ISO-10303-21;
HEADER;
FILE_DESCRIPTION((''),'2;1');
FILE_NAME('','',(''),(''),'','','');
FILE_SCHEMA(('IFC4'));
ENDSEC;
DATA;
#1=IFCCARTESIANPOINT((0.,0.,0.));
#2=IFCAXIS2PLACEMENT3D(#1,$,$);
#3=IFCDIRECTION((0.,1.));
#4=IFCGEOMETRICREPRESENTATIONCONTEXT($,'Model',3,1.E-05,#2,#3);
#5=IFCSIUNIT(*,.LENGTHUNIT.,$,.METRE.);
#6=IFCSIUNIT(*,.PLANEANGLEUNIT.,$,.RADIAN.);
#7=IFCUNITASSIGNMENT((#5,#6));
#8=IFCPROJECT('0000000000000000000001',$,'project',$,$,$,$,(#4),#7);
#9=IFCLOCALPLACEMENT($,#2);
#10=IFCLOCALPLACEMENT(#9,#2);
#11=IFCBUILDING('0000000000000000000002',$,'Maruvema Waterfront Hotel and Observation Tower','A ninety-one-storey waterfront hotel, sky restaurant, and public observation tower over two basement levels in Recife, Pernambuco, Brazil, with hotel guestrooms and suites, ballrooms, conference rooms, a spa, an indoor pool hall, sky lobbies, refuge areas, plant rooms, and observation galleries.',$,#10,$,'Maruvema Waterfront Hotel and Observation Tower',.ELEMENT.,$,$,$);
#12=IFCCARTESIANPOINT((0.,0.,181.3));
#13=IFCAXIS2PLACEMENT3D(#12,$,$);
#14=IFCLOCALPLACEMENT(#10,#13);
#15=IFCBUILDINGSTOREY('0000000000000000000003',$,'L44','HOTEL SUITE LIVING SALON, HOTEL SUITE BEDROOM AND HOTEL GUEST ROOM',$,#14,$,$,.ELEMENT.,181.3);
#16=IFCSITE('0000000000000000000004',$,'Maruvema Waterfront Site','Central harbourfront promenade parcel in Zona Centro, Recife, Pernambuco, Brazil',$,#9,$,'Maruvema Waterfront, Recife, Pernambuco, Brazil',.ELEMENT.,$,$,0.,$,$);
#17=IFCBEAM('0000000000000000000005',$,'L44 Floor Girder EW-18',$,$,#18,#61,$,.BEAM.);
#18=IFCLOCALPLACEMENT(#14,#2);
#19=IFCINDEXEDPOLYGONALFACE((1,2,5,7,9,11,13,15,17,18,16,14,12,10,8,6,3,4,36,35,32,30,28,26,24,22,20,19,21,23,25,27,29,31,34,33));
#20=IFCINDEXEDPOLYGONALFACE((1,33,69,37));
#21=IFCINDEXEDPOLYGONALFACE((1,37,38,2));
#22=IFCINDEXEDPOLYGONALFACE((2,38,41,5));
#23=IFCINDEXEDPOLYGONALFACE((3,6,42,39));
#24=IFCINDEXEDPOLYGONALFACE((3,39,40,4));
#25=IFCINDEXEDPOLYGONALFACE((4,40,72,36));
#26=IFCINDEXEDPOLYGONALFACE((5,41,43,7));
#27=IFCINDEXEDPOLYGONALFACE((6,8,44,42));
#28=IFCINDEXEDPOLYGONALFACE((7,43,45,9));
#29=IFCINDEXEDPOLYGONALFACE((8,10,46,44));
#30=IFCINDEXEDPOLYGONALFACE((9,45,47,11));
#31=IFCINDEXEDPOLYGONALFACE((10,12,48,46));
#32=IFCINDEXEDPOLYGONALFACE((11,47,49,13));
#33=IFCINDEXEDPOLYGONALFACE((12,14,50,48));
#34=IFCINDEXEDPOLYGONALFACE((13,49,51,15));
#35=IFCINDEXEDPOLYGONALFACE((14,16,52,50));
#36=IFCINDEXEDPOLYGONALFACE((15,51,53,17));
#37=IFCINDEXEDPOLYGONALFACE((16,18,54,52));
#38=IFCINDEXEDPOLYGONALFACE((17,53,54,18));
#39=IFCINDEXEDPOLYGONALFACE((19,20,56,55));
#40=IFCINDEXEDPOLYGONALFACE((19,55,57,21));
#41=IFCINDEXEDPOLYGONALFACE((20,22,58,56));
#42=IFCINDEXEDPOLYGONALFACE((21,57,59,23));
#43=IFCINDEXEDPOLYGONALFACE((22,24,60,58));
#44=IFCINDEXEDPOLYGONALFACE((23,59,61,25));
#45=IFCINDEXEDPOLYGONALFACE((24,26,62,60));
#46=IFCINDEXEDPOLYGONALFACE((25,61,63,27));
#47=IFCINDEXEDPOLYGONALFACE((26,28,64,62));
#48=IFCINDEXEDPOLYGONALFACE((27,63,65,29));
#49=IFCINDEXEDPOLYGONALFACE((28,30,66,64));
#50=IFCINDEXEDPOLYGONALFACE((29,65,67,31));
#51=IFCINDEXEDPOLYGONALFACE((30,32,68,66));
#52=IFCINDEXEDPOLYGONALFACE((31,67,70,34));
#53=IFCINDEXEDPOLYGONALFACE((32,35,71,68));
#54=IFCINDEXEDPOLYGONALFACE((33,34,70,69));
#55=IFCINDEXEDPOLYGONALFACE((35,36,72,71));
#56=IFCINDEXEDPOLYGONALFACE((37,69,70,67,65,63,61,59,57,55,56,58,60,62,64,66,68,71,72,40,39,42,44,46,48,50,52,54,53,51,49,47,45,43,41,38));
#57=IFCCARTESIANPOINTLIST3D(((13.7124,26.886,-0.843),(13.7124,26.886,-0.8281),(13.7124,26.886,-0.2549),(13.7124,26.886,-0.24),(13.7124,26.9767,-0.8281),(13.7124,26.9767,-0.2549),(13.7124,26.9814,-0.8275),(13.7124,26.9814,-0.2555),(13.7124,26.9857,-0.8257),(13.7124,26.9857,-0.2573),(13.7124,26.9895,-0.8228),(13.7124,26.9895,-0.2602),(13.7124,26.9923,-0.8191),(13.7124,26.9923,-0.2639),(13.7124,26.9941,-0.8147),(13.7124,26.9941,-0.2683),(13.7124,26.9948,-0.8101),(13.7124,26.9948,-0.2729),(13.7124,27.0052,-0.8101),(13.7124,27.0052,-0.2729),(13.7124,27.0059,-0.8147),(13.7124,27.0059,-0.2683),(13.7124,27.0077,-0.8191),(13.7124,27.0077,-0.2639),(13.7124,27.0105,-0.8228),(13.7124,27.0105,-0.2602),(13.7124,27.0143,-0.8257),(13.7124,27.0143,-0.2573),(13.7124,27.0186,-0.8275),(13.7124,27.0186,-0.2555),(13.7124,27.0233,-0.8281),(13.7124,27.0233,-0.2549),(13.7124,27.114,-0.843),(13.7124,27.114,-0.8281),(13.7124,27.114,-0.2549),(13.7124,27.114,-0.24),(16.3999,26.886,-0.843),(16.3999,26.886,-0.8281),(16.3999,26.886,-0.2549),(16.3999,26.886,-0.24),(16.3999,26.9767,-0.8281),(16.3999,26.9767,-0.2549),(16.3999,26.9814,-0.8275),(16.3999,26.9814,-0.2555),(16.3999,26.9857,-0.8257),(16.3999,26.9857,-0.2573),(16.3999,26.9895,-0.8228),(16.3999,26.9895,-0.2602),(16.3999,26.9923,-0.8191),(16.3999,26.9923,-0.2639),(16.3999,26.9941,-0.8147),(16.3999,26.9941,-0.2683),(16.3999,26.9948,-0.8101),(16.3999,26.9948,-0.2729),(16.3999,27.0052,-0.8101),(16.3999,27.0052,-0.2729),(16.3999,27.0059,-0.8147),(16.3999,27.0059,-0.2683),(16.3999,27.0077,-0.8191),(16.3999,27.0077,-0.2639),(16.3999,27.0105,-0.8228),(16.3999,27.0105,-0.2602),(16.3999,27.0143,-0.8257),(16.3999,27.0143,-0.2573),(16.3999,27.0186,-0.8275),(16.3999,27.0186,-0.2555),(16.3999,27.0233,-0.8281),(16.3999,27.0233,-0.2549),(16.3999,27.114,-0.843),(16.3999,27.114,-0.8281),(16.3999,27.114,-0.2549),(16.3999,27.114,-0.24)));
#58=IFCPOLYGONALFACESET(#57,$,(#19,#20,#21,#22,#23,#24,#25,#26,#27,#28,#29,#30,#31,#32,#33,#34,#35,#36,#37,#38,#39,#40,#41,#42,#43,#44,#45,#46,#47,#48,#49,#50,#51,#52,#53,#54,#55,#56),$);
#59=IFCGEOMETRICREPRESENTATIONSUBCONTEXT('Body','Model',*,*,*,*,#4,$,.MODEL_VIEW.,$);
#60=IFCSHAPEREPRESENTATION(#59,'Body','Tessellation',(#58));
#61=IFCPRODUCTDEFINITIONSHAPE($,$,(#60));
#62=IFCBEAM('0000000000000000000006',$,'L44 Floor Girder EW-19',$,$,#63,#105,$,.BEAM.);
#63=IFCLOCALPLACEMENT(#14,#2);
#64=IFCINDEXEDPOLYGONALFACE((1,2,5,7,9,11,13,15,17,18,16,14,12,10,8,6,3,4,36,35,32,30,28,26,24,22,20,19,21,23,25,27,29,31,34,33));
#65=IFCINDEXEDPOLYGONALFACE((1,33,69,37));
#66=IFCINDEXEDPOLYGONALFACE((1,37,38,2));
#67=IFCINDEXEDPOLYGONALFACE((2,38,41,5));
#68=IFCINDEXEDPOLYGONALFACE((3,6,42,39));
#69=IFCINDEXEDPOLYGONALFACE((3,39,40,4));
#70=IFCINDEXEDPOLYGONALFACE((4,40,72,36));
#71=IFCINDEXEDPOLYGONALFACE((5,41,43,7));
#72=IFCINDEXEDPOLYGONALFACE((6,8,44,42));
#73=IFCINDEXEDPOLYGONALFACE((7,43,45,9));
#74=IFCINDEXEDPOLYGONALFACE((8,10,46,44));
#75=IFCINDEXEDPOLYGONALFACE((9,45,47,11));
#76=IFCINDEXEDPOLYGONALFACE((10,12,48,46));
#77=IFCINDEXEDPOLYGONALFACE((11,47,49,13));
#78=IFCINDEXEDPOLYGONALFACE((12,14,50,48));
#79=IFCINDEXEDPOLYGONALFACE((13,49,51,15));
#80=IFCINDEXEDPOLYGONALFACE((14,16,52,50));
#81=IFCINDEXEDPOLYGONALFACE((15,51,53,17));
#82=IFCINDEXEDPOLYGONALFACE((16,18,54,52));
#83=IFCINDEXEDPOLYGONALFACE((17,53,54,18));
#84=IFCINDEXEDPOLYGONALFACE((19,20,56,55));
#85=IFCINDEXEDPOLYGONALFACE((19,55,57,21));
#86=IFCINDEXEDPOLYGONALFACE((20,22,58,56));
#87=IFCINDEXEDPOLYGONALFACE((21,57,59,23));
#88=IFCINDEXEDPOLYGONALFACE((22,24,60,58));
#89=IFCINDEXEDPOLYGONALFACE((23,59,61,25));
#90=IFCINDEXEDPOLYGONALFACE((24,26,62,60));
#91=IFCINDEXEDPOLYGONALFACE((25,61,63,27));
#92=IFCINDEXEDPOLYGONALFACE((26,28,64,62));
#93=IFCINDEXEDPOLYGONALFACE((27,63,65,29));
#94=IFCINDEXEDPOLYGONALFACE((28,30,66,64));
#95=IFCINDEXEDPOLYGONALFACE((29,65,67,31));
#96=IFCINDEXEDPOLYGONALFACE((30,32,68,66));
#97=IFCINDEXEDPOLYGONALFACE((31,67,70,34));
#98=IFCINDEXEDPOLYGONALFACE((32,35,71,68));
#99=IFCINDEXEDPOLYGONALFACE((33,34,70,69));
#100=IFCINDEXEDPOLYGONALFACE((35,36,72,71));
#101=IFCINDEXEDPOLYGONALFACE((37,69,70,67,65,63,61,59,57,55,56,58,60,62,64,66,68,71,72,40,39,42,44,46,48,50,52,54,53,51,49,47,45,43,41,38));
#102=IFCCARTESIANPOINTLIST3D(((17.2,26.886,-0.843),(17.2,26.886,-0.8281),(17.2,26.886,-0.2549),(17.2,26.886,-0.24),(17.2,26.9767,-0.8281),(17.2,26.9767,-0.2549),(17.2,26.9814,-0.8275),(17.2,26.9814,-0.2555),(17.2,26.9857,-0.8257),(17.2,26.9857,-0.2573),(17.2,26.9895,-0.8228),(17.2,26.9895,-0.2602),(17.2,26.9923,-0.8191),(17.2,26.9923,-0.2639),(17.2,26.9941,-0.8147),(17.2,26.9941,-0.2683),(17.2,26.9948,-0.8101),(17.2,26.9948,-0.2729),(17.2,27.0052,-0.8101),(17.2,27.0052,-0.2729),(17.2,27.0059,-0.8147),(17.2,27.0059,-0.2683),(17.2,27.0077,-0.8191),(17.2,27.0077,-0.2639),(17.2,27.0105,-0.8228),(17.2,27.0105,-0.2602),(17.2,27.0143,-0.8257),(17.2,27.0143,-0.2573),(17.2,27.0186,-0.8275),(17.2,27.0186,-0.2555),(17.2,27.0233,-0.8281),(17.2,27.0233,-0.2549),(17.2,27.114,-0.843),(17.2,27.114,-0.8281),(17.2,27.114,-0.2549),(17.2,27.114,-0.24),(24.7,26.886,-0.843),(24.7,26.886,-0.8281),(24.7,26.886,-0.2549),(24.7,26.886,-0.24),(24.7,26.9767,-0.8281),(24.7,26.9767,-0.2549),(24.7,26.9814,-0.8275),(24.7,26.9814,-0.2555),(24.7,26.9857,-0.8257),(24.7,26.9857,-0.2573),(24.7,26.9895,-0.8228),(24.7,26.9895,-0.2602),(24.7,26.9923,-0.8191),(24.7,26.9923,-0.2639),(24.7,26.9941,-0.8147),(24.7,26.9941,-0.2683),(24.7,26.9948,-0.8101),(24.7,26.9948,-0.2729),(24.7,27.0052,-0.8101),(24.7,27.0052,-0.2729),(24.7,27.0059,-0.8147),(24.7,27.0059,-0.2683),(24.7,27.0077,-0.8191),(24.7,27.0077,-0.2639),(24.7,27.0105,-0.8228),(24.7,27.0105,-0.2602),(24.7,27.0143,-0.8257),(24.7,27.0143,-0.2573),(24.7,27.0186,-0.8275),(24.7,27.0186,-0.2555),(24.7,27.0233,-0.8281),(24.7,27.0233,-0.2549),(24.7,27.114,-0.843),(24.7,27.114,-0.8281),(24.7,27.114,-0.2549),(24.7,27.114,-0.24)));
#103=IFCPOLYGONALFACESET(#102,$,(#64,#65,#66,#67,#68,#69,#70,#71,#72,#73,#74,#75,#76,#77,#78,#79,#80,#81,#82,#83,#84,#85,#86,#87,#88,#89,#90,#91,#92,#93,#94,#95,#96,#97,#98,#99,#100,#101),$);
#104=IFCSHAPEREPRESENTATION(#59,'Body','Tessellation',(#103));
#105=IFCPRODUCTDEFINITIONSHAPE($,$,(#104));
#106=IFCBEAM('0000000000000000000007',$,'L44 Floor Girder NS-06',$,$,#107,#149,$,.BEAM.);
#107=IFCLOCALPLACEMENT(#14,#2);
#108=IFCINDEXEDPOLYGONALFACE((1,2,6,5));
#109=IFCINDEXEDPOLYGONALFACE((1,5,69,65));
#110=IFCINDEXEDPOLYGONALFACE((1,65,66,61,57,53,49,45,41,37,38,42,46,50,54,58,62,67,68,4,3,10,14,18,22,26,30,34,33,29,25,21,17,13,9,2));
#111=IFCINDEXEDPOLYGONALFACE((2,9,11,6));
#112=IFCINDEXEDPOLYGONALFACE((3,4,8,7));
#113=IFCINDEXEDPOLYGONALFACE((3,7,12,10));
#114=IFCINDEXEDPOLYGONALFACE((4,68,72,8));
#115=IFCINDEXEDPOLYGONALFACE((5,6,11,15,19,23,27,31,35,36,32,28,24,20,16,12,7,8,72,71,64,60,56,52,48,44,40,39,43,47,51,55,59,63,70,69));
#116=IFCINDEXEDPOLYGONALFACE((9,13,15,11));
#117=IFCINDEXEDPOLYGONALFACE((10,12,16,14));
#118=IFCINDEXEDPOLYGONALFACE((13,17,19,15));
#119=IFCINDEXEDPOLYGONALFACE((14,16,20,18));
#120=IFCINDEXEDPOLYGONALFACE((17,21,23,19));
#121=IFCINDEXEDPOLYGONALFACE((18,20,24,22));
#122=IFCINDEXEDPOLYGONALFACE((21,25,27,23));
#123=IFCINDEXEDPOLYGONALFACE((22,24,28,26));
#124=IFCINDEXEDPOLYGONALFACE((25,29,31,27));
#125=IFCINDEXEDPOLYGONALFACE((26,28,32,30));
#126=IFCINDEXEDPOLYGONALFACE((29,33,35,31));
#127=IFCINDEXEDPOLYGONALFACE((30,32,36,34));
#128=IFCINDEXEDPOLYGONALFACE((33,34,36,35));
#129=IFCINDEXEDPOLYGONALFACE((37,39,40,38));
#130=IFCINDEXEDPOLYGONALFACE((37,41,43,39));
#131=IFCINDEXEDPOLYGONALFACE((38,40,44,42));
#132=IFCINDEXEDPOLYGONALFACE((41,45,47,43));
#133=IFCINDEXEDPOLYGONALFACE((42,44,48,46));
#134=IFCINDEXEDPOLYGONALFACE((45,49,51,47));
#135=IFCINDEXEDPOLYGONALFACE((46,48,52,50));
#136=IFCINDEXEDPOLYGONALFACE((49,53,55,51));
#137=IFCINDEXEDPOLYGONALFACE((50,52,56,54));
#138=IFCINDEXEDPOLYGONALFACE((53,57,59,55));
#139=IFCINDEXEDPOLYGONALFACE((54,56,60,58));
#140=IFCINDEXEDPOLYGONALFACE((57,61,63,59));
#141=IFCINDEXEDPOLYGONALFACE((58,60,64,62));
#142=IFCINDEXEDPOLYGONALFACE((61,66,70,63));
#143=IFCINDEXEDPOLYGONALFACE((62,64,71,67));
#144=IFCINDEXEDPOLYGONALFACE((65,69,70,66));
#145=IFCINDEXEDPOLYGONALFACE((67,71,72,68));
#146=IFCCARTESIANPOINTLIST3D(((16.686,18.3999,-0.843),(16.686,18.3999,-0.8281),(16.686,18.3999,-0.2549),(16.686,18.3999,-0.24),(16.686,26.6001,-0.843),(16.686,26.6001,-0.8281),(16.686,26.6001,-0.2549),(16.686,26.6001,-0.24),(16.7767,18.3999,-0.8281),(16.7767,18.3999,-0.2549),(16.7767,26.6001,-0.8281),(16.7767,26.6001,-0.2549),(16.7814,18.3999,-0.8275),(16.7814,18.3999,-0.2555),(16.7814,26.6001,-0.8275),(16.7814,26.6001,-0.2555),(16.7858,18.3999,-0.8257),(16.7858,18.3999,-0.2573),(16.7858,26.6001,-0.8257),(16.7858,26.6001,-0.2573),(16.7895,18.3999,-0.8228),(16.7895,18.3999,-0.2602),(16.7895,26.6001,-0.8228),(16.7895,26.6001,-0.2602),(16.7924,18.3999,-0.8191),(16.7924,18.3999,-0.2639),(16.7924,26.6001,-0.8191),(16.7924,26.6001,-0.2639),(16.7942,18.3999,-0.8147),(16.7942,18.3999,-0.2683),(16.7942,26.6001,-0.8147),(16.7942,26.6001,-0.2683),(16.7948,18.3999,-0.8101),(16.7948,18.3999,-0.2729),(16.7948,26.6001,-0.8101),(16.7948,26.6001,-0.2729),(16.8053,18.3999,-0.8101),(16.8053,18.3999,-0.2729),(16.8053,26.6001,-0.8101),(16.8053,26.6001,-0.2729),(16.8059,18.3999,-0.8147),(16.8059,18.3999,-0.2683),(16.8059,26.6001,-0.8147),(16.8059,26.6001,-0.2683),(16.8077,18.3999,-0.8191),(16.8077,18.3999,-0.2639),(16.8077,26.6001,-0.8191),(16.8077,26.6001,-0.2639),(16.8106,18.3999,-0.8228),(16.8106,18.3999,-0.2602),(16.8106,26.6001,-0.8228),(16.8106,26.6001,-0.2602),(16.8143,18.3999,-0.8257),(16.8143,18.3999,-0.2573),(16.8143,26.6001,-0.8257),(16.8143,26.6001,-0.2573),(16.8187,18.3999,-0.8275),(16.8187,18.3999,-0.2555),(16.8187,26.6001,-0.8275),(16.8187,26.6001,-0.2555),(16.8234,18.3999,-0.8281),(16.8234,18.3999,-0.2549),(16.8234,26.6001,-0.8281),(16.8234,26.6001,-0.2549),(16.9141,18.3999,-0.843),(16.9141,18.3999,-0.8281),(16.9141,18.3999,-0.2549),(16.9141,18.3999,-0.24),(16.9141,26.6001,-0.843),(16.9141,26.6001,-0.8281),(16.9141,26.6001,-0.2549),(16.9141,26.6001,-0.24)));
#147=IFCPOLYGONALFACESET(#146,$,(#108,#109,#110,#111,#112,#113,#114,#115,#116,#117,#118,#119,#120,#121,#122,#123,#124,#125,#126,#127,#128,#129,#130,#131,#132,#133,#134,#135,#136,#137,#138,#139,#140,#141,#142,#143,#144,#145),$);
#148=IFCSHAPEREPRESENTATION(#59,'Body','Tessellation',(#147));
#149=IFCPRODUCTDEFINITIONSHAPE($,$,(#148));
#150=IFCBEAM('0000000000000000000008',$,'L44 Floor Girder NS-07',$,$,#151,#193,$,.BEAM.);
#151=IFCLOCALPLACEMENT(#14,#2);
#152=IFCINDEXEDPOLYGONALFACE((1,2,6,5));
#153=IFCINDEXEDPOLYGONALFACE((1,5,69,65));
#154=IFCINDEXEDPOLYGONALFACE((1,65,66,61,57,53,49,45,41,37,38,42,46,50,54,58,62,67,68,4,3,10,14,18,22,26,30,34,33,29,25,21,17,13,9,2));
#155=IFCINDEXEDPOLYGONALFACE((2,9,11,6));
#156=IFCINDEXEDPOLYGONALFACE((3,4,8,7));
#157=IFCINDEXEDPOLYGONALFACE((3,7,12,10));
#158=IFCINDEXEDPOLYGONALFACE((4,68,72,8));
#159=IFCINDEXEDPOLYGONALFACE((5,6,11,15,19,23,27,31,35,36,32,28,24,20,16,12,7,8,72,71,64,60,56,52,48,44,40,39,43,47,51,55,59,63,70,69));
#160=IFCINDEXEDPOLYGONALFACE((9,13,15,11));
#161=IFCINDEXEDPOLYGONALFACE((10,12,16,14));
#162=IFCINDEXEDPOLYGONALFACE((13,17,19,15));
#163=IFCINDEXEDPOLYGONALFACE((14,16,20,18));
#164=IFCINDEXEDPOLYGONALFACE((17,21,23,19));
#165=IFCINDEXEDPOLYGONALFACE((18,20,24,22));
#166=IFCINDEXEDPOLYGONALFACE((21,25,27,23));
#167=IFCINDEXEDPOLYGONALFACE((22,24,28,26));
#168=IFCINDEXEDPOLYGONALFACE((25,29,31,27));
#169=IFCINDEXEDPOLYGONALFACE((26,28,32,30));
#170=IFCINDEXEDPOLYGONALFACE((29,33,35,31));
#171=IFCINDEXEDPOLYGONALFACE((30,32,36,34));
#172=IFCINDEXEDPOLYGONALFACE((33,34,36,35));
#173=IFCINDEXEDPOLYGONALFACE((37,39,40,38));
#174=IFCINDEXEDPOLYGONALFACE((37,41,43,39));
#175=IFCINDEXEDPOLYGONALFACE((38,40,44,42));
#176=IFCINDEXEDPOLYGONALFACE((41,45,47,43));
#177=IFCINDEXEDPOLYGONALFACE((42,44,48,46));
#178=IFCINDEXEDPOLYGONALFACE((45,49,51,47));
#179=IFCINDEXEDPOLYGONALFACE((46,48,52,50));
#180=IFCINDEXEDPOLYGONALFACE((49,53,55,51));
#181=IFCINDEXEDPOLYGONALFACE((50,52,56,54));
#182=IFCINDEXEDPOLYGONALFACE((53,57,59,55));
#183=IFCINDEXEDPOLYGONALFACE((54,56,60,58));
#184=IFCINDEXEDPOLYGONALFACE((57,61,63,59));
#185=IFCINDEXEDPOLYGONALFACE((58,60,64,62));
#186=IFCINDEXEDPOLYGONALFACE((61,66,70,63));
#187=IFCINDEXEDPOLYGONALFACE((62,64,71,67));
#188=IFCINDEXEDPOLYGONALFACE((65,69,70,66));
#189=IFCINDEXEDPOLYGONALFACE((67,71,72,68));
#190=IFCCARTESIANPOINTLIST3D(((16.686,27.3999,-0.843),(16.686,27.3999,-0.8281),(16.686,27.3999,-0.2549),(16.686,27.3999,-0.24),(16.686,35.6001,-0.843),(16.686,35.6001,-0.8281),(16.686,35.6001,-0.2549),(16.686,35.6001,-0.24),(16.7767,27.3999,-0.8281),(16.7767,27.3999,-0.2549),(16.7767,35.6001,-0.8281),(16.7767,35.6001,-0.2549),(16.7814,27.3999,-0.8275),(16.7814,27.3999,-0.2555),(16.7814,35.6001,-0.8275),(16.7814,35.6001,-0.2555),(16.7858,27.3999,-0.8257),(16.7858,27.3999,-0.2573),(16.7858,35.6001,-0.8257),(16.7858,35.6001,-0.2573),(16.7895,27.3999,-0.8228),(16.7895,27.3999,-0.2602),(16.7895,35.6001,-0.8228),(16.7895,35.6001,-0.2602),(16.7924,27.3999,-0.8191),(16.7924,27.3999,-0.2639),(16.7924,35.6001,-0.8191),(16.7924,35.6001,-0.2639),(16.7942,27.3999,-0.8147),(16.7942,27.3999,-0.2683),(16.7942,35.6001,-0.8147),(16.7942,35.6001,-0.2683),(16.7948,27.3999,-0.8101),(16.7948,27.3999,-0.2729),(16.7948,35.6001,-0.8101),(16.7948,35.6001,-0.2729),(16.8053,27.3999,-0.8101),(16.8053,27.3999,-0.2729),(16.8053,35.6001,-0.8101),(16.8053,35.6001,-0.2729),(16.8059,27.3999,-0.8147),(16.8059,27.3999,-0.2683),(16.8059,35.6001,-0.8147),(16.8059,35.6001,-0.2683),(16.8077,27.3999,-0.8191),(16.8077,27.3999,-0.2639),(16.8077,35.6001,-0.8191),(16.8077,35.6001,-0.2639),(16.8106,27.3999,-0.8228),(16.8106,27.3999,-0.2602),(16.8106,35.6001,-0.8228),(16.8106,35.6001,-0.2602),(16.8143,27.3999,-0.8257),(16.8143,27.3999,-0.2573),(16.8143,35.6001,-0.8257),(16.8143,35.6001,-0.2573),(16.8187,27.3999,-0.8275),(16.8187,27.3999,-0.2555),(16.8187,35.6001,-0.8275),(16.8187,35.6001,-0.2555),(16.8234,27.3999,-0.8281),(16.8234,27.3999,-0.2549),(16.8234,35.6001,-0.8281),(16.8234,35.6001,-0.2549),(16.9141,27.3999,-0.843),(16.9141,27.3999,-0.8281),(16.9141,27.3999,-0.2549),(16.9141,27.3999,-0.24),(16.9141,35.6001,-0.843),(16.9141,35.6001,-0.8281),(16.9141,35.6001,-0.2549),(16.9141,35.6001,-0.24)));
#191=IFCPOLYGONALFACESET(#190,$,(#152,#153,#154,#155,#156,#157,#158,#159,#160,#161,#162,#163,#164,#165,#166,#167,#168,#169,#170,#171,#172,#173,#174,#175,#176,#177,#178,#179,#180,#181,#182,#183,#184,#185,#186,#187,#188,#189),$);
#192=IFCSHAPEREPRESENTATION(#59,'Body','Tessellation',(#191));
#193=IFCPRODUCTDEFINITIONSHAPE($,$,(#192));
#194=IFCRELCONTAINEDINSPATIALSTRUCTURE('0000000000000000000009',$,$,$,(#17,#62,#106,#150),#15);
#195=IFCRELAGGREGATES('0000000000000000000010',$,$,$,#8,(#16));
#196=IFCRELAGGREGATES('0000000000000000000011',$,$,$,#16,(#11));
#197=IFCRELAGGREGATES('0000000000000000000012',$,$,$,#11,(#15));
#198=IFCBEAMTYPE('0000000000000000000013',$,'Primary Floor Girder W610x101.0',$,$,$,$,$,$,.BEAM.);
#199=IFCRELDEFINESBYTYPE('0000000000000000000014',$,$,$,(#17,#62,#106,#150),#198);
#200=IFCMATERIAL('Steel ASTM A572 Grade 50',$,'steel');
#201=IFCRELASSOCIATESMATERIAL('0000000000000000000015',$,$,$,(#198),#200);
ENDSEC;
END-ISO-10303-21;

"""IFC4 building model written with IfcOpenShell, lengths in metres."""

from ifc_helpers import new_model, si_unit, direction, frame, origin, origin_2d, place, context, subcontext, project, spatial, i_section, extrude, material, material_profile, profile_set, type_object, element, save


model = new_model("IFC4")

# Units and contexts
model_context = context("Model", 3, precision=1e-05, world=origin(), true_north=direction((0.0, 1.0)))
body_context = subcontext(model_context, "Body", "Model", "MODEL_VIEW")
ifc_project = project(units=[si_unit("LENGTHUNIT", "METRE"), si_unit("PLANEANGLEUNIT", "RADIAN")], contexts=[model_context])

# Site, building, storey
site_placement = place(None, origin())
site = spatial("IfcSite", under=ifc_project, at=site_placement, Name="Maruvema Waterfront Site", Description="Central harbourfront promenade parcel in Zona Centro, Recife, Pernambuco, Brazil", LongName="Maruvema Waterfront, Recife, Pernambuco, Brazil", CompositionType="ELEMENT", RefElevation=0.0)
building_placement = place(site_placement, origin())
building = spatial("IfcBuilding", under=site, at=building_placement, Name="Maruvema Waterfront Hotel and Observation Tower", Description="A ninety-one-storey waterfront hotel, sky restaurant, and public observation tower over two basement levels in Recife, Pernambuco, Brazil, with hotel guestrooms and suites, ballrooms, conference rooms, a spa, an indoor pool hall, sky lobbies, refuge areas, plant rooms, and observation galleries.", LongName="Maruvema Waterfront Hotel and Observation Tower", CompositionType="ELEMENT")
storey_placement = place(building_placement, frame((0.0, 0.0, 181.3)))
storey = spatial("IfcBuildingStorey", under=building, at=storey_placement, Name="L44", Description="HOTEL SUITE LIVING SALON, HOTEL SUITE BEDROOM AND HOTEL GUEST ROOM", CompositionType="ELEMENT", Elevation=181.3)

# Beams
ifc_material_1 = material(Name="Steel ASTM A572 Grade 50", Category="steel")
ifc_material_profile_1 = material_profile(ifc_material_1, i_section(OverallWidth=0.228, OverallDepth=0.603, WebThickness=0.0105, FlangeThickness=0.0149, FilletRadius=0.0181, at=origin_2d()), Name="W610x101.0")
ifc_profile_set_1 = profile_set([ifc_material_profile_1], Name="Steel ASTM A572 Grade 50")
beam_type_1 = type_object("IfcBeamType", Name="Primary Floor Girder W610x101.0", PredefinedType="BEAM", material=ifc_profile_set_1)
beam_1_placement = place(storey_placement, frame((13.7124, 27.0, -0.5415), z_axis=(1.0, 0.0, 0.0), x_axis=(0.0, 1.0, 0.0)))
element("IfcBeam", 1, at=beam_1_placement, inside=storey, type_object=beam_type_1, Name="L44 Floor Girder EW-18", PredefinedType="BEAM", context=body_context, shape_type="SweptSolid", body=[
    extrude(i_section(OverallWidth=0.228, OverallDepth=0.603, WebThickness=0.0105, FlangeThickness=0.0149, FilletRadius=0.0181, at=origin_2d()), origin(), (0.0, 0.0, 1.0), 2.6875),
])
beam_2_placement = place(storey_placement, frame((17.2, 27.0, -0.5415), z_axis=(1.0, 0.0, 0.0), x_axis=(0.0, 1.0, 0.0)))
element("IfcBeam", 2, at=beam_2_placement, inside=storey, type_object=beam_type_1, Name="L44 Floor Girder EW-19", PredefinedType="BEAM", context=body_context, shape_type="SweptSolid", body=[
    extrude(i_section(OverallWidth=0.228, OverallDepth=0.603, WebThickness=0.0105, FlangeThickness=0.0149, FilletRadius=0.0181, at=origin_2d()), origin(), (0.0, 0.0, 1.0), 7.5),
])
for number, where, z_axis, x_axis, name in (
    (3, (16.8, 18.3999, -0.5415), (0.0, 1.0, 0.0), (-1.0, 0.0, 0.0), "L44 Floor Girder NS-06"),
    (4, (16.8, 27.3999, -0.5415), (0.0, 1.0, 0.0), (-1.0, 0.0, 0.0), "L44 Floor Girder NS-07"),
):
    element("IfcBeam", number, at=place(storey_placement, frame(where, z_axis=z_axis, x_axis=x_axis)), inside=storey, type_object=beam_type_1, Name=name, PredefinedType="BEAM", context=body_context, shape_type="SweptSolid", body=[
        extrude(i_section(OverallWidth=0.228, OverallDepth=0.603, WebThickness=0.0105, FlangeThickness=0.0149, FilletRadius=0.0181, at=origin_2d()), origin(), (0.0, 0.0, 1.0), 8.2002),
    ])

save(model, "model.ifc")
